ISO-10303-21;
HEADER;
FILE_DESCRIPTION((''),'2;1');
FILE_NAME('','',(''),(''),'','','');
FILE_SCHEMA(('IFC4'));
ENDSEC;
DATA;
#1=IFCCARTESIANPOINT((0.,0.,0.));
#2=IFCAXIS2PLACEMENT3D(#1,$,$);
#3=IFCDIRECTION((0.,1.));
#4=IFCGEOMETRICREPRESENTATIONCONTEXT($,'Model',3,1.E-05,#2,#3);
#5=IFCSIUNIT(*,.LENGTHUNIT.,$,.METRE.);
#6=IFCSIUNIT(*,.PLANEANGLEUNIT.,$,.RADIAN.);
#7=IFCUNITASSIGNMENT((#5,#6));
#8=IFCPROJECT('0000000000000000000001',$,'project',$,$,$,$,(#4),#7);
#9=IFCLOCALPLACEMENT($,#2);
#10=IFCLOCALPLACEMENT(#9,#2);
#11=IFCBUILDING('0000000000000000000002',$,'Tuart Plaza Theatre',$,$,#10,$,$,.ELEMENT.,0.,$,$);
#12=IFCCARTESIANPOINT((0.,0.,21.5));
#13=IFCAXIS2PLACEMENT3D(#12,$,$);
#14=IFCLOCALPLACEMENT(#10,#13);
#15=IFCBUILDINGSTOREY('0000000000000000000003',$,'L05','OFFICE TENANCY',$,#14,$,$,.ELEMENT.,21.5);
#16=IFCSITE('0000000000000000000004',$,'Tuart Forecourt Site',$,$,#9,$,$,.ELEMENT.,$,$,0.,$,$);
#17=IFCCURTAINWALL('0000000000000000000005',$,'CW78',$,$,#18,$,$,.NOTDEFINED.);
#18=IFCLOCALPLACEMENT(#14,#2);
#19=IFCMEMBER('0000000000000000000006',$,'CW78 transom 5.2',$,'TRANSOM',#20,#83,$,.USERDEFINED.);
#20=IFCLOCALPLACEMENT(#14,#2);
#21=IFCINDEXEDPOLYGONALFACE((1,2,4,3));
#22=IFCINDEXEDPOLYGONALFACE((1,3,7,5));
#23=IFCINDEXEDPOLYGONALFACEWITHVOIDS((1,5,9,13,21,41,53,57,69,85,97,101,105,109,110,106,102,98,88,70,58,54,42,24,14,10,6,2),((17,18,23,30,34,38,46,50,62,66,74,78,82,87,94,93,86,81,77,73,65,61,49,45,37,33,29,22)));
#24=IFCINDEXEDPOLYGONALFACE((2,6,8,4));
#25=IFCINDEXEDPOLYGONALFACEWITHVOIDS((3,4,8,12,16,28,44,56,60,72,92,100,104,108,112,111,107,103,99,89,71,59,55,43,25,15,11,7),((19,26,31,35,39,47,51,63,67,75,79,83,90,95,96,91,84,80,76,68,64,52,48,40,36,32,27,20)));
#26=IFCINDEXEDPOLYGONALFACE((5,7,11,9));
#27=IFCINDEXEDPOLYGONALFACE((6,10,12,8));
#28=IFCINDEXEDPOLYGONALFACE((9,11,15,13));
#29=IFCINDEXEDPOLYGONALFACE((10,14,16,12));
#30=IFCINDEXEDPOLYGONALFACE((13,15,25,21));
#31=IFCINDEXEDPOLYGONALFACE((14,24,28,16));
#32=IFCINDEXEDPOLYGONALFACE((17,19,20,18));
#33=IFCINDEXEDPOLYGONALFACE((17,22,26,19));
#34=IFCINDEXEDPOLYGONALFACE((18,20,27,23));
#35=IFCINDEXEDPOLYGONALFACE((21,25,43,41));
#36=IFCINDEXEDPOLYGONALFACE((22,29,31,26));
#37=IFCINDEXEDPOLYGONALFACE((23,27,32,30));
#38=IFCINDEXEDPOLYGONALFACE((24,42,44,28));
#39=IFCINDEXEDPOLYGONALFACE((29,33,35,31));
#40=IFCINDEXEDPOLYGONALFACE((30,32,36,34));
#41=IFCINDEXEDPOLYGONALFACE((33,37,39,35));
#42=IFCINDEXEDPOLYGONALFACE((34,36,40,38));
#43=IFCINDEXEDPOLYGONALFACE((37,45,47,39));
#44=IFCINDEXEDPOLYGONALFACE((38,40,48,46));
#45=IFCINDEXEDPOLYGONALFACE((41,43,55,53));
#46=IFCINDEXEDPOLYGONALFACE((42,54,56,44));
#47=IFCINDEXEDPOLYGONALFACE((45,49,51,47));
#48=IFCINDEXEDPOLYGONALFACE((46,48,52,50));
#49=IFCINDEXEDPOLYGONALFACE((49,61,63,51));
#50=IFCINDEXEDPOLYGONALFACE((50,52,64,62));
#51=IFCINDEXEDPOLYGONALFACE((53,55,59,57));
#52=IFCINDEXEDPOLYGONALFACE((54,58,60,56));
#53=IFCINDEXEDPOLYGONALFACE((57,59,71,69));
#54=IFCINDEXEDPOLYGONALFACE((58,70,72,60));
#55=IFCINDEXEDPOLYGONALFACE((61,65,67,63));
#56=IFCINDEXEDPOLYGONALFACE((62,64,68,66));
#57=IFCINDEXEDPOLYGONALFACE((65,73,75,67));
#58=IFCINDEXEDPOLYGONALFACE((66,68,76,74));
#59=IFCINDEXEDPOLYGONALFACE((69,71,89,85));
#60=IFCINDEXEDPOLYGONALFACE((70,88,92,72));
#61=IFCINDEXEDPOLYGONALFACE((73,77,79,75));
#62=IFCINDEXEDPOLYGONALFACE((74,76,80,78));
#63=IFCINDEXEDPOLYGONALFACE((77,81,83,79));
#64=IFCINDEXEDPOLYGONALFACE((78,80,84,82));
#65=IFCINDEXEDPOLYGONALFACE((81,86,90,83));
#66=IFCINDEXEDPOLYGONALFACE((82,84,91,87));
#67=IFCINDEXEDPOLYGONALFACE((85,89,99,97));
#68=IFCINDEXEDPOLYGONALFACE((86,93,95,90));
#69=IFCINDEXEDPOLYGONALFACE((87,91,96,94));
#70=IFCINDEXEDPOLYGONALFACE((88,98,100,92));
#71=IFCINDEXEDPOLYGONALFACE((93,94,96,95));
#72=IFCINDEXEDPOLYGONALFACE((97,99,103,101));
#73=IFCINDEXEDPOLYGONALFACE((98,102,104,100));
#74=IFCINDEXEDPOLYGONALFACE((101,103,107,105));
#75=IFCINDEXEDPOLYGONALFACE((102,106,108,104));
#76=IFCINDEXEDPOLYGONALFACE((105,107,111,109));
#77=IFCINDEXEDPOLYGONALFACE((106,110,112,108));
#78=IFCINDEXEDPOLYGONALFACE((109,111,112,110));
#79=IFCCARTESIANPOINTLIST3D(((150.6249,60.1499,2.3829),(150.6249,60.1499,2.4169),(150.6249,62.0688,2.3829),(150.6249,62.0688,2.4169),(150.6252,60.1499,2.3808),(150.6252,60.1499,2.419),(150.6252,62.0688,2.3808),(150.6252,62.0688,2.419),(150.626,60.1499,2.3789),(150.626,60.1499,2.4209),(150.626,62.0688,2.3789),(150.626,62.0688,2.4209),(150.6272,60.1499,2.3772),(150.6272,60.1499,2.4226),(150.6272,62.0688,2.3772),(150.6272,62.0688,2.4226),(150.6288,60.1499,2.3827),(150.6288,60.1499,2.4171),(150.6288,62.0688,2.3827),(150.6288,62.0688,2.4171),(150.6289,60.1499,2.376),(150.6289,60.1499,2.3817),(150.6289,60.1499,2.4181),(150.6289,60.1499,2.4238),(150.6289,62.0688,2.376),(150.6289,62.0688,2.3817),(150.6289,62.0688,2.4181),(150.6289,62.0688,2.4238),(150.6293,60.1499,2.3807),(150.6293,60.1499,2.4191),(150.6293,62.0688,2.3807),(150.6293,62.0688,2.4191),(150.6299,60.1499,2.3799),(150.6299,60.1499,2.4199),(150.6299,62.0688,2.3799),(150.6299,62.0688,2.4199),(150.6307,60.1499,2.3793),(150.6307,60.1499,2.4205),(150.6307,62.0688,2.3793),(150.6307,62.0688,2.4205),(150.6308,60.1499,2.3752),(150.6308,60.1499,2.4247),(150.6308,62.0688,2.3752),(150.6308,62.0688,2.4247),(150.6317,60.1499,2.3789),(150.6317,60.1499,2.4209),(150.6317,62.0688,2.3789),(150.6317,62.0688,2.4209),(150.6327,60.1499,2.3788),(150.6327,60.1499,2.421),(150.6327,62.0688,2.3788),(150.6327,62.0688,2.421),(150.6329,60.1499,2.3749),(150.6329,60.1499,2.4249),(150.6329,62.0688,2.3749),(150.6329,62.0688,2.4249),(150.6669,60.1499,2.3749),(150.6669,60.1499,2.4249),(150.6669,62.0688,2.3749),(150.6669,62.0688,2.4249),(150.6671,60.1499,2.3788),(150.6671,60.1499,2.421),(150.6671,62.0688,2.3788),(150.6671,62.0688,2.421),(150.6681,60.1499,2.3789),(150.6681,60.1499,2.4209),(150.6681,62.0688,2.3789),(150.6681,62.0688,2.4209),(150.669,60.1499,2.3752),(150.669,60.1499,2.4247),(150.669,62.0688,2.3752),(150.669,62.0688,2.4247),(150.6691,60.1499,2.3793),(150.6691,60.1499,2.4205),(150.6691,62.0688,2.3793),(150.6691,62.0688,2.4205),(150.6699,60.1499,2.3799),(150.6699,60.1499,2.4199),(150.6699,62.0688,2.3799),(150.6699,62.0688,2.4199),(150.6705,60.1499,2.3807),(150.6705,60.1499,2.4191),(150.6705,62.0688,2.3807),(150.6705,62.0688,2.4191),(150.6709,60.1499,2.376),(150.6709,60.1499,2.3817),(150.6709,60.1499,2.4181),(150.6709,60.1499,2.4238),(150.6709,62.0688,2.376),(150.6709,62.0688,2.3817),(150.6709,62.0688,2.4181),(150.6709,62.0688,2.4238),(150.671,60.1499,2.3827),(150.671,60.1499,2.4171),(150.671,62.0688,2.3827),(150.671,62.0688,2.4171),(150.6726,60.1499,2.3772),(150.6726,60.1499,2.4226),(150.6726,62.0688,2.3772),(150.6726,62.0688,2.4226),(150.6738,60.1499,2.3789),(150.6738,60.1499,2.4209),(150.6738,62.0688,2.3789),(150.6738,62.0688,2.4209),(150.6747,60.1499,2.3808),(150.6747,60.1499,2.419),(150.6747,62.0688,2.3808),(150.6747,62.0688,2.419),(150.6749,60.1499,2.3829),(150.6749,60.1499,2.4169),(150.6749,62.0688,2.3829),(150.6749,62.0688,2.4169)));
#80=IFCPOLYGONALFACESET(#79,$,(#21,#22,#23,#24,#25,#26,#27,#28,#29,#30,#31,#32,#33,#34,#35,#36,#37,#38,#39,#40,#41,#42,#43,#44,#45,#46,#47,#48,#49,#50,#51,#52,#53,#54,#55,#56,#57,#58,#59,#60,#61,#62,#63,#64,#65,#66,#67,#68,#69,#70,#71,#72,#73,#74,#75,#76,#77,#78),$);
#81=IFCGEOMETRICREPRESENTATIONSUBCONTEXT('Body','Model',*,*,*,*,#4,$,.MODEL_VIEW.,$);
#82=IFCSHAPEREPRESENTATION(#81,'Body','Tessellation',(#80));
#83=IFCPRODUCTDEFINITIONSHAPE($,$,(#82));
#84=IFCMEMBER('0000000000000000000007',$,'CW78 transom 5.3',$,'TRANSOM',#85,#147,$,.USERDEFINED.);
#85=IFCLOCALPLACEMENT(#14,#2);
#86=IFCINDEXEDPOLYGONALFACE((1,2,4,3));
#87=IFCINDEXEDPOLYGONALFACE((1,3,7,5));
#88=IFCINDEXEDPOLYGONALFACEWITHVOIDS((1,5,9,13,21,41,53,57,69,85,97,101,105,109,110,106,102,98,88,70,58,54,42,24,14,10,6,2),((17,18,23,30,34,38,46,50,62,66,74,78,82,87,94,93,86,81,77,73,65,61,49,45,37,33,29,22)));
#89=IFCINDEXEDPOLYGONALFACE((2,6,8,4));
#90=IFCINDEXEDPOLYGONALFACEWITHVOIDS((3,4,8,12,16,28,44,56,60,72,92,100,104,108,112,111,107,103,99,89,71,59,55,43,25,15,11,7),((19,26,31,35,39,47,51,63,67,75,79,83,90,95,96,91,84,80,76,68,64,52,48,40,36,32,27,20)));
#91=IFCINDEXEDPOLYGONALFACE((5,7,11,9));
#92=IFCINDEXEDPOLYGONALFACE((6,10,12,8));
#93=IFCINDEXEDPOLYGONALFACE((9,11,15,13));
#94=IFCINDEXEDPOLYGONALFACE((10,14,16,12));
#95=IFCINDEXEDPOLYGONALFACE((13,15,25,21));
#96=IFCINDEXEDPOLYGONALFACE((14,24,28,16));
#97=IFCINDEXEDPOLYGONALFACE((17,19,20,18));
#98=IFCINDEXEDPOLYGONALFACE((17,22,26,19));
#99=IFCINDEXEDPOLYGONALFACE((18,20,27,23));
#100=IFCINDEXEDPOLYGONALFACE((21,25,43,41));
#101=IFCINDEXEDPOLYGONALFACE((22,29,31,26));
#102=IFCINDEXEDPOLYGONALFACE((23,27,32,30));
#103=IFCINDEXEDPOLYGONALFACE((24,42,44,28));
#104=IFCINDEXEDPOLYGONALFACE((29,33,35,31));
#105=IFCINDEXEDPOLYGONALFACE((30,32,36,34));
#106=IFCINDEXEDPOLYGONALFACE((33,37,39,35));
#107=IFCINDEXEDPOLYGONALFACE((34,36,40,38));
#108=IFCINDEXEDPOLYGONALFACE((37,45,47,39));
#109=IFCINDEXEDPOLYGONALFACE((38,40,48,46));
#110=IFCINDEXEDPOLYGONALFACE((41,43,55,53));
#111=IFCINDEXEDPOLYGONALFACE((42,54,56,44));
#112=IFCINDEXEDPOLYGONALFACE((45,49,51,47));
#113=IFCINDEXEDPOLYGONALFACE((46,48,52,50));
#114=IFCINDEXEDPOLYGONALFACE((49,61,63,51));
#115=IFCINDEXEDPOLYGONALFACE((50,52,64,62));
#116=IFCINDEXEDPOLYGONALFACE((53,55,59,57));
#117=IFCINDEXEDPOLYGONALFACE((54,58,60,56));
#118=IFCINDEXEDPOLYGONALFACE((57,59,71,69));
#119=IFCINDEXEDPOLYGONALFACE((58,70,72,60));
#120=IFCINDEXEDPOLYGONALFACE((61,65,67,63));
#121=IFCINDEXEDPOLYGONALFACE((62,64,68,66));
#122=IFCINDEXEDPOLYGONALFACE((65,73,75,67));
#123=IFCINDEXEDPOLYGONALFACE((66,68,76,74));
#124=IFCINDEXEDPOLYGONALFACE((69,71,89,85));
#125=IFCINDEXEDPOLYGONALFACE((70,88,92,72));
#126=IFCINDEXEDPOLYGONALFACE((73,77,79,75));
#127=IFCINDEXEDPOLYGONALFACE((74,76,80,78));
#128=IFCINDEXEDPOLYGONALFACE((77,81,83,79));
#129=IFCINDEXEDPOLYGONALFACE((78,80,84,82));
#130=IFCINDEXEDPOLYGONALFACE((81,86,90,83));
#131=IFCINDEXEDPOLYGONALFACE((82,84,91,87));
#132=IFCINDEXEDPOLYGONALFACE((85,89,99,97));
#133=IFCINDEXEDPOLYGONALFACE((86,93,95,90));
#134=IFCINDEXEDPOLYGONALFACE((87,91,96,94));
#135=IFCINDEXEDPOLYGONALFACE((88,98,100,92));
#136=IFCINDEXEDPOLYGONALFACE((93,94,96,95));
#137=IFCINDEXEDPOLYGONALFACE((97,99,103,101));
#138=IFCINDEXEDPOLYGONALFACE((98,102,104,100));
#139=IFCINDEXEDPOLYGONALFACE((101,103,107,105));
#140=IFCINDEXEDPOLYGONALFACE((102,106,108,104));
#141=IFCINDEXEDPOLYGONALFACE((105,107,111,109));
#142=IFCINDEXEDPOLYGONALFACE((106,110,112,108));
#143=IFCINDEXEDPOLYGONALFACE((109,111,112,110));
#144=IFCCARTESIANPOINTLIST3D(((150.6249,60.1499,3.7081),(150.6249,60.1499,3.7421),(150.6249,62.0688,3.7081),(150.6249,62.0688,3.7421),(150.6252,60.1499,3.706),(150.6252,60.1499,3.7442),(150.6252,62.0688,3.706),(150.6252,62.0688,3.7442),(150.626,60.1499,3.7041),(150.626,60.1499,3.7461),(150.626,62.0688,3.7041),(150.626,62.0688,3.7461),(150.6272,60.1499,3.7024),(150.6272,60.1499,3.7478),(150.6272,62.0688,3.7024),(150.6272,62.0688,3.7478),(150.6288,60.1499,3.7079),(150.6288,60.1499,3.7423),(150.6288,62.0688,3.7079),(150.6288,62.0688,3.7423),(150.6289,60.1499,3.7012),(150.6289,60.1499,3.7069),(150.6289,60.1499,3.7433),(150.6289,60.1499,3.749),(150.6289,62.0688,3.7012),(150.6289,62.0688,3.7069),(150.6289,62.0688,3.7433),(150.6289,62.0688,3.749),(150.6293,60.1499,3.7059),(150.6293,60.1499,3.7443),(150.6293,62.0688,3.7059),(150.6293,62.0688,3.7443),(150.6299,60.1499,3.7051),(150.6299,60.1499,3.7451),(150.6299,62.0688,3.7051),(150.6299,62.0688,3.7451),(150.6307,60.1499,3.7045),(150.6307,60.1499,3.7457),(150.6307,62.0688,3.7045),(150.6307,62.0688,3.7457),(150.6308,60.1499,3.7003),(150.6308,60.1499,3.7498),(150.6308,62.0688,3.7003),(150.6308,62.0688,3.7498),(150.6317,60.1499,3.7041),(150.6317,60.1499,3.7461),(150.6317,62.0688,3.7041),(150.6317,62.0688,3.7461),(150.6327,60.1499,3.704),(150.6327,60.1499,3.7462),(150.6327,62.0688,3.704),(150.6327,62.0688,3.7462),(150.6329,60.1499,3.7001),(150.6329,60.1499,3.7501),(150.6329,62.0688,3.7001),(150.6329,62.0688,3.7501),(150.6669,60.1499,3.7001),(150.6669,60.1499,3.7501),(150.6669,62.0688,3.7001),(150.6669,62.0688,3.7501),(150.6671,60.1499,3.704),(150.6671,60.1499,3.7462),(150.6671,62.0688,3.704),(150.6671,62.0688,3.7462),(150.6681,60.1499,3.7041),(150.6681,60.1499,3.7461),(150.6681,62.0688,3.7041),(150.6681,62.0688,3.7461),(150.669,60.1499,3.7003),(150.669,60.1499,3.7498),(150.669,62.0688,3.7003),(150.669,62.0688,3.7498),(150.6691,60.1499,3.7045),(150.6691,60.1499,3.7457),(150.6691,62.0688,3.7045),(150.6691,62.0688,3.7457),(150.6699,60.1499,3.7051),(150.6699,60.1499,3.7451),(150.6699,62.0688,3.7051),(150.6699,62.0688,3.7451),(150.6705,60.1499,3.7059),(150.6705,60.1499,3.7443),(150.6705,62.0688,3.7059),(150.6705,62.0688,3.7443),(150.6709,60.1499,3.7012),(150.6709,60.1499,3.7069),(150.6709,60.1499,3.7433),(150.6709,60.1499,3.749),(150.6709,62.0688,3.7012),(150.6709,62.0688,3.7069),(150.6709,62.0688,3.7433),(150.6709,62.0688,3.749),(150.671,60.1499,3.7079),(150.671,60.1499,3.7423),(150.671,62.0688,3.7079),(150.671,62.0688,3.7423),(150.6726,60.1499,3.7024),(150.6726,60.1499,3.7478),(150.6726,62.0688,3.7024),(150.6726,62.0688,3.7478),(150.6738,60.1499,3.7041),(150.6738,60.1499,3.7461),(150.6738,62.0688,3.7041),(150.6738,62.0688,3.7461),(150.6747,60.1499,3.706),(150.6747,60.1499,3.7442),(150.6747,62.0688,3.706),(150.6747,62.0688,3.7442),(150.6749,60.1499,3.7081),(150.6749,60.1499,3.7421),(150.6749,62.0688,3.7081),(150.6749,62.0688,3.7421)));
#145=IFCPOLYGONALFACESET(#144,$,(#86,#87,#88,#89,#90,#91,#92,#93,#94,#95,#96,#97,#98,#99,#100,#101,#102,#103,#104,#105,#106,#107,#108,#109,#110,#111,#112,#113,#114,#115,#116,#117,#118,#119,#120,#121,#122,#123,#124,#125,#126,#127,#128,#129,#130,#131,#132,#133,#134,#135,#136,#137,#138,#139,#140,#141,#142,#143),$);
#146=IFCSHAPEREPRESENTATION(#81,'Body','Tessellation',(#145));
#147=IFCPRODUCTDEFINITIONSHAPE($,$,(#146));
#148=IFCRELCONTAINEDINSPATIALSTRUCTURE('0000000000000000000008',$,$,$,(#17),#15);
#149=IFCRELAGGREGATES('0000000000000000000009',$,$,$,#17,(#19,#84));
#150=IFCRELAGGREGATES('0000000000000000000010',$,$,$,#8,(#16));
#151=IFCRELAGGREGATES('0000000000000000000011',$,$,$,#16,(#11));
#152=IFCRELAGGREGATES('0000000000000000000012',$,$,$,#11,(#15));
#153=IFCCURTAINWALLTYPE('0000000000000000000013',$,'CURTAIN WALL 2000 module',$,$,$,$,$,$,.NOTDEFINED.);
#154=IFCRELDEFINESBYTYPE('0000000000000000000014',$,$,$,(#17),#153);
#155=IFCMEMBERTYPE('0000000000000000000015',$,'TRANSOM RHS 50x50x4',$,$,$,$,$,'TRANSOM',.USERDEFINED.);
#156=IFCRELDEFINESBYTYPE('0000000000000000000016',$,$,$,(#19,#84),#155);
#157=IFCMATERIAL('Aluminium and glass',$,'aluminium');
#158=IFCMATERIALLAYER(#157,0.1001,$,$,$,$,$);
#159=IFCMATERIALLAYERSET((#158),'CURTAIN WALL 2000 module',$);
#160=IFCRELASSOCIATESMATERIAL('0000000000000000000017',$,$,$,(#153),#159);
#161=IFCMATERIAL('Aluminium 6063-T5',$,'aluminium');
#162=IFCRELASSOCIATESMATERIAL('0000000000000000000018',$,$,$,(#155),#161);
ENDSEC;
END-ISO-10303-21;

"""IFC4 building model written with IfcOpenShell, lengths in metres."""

from ifc_helpers import new_model, si_unit, direction, frame, origin, origin_2d, place, context, subcontext, project, spatial, hollow_rectangle, extrude, material, layer, layer_set, material_profile, profile_set, type_object, element, aggregate, save


model = new_model("IFC4")

# Units and contexts
model_context = context("Model", 3, precision=1e-05, world=origin(), true_north=direction((0.0, 1.0)))
body_context = subcontext(model_context, "Body", "Model", "MODEL_VIEW")
ifc_project = project(units=[si_unit("LENGTHUNIT", "METRE"), si_unit("PLANEANGLEUNIT", "RADIAN")], contexts=[model_context])

# Site, building, storey
site_placement = place(None, origin())
site = spatial("IfcSite", under=ifc_project, at=site_placement, Name="Tuart Forecourt Site", CompositionType="ELEMENT", RefElevation=0.0)
building_placement = place(site_placement, origin())
building = spatial("IfcBuilding", under=site, at=building_placement, Name="Tuart Plaza Theatre", CompositionType="ELEMENT", ElevationOfRefHeight=0.0)
storey_placement = place(building_placement, frame((0.0, 0.0, 21.5)))
storey = spatial("IfcBuildingStorey", under=building, at=storey_placement, Name="L05", Description="OFFICE TENANCY", CompositionType="ELEMENT", Elevation=21.5)

# Curtain wall, members
ifc_material_1 = material(Name="Aluminium and glass", Category="aluminium")
ifc_layer_1 = layer(ifc_material_1, 0.1001)
ifc_layer_set_1 = layer_set([ifc_layer_1], Name="CURTAIN WALL 2000 module")
curtain_wall_type = type_object("IfcCurtainWallType", Name="CURTAIN WALL 2000 module", PredefinedType="NOTDEFINED", material=ifc_layer_set_1)
curtain_wall_placement = place(storey_placement, origin())
curtain_wall = element("IfcCurtainWall", 1, at=curtain_wall_placement, inside=storey, type_object=curtain_wall_type, Name="CW78", PredefinedType="NOTDEFINED")
ifc_material_2 = material(Name="Aluminium 6063-T5", Category="aluminium")
ifc_material_profile_1 = material_profile(ifc_material_2, hollow_rectangle(XDim=0.05, YDim=0.05, WallThickness=0.0039, InnerFilletRadius=0.0039, OuterFilletRadius=0.0081, at=origin_2d()), Name="RHS 50x50x4")
ifc_profile_set_1 = profile_set([ifc_material_profile_1], Name="Aluminium 6063-T5")
member_type_1 = type_object("IfcMemberType", Name="TRANSOM RHS 50x50x4", ElementType="TRANSOM", PredefinedType="USERDEFINED", material=ifc_profile_set_1)
member_1_placement = place(storey_placement, frame((150.6499, 60.1499, 2.3999), z_axis=(0.0, 1.0, 0.0), x_axis=(-1.0, 0.0, 0.0)))
member_1 = element("IfcMember", 2, at=member_1_placement, type_object=member_type_1, Name="CW78 transom 5.2", ObjectType="TRANSOM", PredefinedType="USERDEFINED", context=body_context, shape_type="SweptSolid", body=[
    extrude(hollow_rectangle(XDim=0.05, YDim=0.05, WallThickness=0.0039, InnerFilletRadius=0.0039, OuterFilletRadius=0.0081, at=origin_2d()), origin(), (0.0, 0.0, 1.0), 1.9189),
])
member_2_placement = place(storey_placement, frame((150.6499, 60.1499, 3.7251), z_axis=(0.0, 1.0, 0.0), x_axis=(-1.0, 0.0, 0.0)))
member_2 = element("IfcMember", 3, at=member_2_placement, type_object=member_type_1, Name="CW78 transom 5.3", ObjectType="TRANSOM", PredefinedType="USERDEFINED", context=body_context, shape_type="SweptSolid", body=[
    extrude(hollow_rectangle(XDim=0.05, YDim=0.05, WallThickness=0.0039, InnerFilletRadius=0.0039, OuterFilletRadius=0.0081, at=origin_2d()), origin(), (0.0, 0.0, 1.0), 1.9189),
])
aggregate(curtain_wall, [member_1, member_2])

save(model, "model.ifc")
